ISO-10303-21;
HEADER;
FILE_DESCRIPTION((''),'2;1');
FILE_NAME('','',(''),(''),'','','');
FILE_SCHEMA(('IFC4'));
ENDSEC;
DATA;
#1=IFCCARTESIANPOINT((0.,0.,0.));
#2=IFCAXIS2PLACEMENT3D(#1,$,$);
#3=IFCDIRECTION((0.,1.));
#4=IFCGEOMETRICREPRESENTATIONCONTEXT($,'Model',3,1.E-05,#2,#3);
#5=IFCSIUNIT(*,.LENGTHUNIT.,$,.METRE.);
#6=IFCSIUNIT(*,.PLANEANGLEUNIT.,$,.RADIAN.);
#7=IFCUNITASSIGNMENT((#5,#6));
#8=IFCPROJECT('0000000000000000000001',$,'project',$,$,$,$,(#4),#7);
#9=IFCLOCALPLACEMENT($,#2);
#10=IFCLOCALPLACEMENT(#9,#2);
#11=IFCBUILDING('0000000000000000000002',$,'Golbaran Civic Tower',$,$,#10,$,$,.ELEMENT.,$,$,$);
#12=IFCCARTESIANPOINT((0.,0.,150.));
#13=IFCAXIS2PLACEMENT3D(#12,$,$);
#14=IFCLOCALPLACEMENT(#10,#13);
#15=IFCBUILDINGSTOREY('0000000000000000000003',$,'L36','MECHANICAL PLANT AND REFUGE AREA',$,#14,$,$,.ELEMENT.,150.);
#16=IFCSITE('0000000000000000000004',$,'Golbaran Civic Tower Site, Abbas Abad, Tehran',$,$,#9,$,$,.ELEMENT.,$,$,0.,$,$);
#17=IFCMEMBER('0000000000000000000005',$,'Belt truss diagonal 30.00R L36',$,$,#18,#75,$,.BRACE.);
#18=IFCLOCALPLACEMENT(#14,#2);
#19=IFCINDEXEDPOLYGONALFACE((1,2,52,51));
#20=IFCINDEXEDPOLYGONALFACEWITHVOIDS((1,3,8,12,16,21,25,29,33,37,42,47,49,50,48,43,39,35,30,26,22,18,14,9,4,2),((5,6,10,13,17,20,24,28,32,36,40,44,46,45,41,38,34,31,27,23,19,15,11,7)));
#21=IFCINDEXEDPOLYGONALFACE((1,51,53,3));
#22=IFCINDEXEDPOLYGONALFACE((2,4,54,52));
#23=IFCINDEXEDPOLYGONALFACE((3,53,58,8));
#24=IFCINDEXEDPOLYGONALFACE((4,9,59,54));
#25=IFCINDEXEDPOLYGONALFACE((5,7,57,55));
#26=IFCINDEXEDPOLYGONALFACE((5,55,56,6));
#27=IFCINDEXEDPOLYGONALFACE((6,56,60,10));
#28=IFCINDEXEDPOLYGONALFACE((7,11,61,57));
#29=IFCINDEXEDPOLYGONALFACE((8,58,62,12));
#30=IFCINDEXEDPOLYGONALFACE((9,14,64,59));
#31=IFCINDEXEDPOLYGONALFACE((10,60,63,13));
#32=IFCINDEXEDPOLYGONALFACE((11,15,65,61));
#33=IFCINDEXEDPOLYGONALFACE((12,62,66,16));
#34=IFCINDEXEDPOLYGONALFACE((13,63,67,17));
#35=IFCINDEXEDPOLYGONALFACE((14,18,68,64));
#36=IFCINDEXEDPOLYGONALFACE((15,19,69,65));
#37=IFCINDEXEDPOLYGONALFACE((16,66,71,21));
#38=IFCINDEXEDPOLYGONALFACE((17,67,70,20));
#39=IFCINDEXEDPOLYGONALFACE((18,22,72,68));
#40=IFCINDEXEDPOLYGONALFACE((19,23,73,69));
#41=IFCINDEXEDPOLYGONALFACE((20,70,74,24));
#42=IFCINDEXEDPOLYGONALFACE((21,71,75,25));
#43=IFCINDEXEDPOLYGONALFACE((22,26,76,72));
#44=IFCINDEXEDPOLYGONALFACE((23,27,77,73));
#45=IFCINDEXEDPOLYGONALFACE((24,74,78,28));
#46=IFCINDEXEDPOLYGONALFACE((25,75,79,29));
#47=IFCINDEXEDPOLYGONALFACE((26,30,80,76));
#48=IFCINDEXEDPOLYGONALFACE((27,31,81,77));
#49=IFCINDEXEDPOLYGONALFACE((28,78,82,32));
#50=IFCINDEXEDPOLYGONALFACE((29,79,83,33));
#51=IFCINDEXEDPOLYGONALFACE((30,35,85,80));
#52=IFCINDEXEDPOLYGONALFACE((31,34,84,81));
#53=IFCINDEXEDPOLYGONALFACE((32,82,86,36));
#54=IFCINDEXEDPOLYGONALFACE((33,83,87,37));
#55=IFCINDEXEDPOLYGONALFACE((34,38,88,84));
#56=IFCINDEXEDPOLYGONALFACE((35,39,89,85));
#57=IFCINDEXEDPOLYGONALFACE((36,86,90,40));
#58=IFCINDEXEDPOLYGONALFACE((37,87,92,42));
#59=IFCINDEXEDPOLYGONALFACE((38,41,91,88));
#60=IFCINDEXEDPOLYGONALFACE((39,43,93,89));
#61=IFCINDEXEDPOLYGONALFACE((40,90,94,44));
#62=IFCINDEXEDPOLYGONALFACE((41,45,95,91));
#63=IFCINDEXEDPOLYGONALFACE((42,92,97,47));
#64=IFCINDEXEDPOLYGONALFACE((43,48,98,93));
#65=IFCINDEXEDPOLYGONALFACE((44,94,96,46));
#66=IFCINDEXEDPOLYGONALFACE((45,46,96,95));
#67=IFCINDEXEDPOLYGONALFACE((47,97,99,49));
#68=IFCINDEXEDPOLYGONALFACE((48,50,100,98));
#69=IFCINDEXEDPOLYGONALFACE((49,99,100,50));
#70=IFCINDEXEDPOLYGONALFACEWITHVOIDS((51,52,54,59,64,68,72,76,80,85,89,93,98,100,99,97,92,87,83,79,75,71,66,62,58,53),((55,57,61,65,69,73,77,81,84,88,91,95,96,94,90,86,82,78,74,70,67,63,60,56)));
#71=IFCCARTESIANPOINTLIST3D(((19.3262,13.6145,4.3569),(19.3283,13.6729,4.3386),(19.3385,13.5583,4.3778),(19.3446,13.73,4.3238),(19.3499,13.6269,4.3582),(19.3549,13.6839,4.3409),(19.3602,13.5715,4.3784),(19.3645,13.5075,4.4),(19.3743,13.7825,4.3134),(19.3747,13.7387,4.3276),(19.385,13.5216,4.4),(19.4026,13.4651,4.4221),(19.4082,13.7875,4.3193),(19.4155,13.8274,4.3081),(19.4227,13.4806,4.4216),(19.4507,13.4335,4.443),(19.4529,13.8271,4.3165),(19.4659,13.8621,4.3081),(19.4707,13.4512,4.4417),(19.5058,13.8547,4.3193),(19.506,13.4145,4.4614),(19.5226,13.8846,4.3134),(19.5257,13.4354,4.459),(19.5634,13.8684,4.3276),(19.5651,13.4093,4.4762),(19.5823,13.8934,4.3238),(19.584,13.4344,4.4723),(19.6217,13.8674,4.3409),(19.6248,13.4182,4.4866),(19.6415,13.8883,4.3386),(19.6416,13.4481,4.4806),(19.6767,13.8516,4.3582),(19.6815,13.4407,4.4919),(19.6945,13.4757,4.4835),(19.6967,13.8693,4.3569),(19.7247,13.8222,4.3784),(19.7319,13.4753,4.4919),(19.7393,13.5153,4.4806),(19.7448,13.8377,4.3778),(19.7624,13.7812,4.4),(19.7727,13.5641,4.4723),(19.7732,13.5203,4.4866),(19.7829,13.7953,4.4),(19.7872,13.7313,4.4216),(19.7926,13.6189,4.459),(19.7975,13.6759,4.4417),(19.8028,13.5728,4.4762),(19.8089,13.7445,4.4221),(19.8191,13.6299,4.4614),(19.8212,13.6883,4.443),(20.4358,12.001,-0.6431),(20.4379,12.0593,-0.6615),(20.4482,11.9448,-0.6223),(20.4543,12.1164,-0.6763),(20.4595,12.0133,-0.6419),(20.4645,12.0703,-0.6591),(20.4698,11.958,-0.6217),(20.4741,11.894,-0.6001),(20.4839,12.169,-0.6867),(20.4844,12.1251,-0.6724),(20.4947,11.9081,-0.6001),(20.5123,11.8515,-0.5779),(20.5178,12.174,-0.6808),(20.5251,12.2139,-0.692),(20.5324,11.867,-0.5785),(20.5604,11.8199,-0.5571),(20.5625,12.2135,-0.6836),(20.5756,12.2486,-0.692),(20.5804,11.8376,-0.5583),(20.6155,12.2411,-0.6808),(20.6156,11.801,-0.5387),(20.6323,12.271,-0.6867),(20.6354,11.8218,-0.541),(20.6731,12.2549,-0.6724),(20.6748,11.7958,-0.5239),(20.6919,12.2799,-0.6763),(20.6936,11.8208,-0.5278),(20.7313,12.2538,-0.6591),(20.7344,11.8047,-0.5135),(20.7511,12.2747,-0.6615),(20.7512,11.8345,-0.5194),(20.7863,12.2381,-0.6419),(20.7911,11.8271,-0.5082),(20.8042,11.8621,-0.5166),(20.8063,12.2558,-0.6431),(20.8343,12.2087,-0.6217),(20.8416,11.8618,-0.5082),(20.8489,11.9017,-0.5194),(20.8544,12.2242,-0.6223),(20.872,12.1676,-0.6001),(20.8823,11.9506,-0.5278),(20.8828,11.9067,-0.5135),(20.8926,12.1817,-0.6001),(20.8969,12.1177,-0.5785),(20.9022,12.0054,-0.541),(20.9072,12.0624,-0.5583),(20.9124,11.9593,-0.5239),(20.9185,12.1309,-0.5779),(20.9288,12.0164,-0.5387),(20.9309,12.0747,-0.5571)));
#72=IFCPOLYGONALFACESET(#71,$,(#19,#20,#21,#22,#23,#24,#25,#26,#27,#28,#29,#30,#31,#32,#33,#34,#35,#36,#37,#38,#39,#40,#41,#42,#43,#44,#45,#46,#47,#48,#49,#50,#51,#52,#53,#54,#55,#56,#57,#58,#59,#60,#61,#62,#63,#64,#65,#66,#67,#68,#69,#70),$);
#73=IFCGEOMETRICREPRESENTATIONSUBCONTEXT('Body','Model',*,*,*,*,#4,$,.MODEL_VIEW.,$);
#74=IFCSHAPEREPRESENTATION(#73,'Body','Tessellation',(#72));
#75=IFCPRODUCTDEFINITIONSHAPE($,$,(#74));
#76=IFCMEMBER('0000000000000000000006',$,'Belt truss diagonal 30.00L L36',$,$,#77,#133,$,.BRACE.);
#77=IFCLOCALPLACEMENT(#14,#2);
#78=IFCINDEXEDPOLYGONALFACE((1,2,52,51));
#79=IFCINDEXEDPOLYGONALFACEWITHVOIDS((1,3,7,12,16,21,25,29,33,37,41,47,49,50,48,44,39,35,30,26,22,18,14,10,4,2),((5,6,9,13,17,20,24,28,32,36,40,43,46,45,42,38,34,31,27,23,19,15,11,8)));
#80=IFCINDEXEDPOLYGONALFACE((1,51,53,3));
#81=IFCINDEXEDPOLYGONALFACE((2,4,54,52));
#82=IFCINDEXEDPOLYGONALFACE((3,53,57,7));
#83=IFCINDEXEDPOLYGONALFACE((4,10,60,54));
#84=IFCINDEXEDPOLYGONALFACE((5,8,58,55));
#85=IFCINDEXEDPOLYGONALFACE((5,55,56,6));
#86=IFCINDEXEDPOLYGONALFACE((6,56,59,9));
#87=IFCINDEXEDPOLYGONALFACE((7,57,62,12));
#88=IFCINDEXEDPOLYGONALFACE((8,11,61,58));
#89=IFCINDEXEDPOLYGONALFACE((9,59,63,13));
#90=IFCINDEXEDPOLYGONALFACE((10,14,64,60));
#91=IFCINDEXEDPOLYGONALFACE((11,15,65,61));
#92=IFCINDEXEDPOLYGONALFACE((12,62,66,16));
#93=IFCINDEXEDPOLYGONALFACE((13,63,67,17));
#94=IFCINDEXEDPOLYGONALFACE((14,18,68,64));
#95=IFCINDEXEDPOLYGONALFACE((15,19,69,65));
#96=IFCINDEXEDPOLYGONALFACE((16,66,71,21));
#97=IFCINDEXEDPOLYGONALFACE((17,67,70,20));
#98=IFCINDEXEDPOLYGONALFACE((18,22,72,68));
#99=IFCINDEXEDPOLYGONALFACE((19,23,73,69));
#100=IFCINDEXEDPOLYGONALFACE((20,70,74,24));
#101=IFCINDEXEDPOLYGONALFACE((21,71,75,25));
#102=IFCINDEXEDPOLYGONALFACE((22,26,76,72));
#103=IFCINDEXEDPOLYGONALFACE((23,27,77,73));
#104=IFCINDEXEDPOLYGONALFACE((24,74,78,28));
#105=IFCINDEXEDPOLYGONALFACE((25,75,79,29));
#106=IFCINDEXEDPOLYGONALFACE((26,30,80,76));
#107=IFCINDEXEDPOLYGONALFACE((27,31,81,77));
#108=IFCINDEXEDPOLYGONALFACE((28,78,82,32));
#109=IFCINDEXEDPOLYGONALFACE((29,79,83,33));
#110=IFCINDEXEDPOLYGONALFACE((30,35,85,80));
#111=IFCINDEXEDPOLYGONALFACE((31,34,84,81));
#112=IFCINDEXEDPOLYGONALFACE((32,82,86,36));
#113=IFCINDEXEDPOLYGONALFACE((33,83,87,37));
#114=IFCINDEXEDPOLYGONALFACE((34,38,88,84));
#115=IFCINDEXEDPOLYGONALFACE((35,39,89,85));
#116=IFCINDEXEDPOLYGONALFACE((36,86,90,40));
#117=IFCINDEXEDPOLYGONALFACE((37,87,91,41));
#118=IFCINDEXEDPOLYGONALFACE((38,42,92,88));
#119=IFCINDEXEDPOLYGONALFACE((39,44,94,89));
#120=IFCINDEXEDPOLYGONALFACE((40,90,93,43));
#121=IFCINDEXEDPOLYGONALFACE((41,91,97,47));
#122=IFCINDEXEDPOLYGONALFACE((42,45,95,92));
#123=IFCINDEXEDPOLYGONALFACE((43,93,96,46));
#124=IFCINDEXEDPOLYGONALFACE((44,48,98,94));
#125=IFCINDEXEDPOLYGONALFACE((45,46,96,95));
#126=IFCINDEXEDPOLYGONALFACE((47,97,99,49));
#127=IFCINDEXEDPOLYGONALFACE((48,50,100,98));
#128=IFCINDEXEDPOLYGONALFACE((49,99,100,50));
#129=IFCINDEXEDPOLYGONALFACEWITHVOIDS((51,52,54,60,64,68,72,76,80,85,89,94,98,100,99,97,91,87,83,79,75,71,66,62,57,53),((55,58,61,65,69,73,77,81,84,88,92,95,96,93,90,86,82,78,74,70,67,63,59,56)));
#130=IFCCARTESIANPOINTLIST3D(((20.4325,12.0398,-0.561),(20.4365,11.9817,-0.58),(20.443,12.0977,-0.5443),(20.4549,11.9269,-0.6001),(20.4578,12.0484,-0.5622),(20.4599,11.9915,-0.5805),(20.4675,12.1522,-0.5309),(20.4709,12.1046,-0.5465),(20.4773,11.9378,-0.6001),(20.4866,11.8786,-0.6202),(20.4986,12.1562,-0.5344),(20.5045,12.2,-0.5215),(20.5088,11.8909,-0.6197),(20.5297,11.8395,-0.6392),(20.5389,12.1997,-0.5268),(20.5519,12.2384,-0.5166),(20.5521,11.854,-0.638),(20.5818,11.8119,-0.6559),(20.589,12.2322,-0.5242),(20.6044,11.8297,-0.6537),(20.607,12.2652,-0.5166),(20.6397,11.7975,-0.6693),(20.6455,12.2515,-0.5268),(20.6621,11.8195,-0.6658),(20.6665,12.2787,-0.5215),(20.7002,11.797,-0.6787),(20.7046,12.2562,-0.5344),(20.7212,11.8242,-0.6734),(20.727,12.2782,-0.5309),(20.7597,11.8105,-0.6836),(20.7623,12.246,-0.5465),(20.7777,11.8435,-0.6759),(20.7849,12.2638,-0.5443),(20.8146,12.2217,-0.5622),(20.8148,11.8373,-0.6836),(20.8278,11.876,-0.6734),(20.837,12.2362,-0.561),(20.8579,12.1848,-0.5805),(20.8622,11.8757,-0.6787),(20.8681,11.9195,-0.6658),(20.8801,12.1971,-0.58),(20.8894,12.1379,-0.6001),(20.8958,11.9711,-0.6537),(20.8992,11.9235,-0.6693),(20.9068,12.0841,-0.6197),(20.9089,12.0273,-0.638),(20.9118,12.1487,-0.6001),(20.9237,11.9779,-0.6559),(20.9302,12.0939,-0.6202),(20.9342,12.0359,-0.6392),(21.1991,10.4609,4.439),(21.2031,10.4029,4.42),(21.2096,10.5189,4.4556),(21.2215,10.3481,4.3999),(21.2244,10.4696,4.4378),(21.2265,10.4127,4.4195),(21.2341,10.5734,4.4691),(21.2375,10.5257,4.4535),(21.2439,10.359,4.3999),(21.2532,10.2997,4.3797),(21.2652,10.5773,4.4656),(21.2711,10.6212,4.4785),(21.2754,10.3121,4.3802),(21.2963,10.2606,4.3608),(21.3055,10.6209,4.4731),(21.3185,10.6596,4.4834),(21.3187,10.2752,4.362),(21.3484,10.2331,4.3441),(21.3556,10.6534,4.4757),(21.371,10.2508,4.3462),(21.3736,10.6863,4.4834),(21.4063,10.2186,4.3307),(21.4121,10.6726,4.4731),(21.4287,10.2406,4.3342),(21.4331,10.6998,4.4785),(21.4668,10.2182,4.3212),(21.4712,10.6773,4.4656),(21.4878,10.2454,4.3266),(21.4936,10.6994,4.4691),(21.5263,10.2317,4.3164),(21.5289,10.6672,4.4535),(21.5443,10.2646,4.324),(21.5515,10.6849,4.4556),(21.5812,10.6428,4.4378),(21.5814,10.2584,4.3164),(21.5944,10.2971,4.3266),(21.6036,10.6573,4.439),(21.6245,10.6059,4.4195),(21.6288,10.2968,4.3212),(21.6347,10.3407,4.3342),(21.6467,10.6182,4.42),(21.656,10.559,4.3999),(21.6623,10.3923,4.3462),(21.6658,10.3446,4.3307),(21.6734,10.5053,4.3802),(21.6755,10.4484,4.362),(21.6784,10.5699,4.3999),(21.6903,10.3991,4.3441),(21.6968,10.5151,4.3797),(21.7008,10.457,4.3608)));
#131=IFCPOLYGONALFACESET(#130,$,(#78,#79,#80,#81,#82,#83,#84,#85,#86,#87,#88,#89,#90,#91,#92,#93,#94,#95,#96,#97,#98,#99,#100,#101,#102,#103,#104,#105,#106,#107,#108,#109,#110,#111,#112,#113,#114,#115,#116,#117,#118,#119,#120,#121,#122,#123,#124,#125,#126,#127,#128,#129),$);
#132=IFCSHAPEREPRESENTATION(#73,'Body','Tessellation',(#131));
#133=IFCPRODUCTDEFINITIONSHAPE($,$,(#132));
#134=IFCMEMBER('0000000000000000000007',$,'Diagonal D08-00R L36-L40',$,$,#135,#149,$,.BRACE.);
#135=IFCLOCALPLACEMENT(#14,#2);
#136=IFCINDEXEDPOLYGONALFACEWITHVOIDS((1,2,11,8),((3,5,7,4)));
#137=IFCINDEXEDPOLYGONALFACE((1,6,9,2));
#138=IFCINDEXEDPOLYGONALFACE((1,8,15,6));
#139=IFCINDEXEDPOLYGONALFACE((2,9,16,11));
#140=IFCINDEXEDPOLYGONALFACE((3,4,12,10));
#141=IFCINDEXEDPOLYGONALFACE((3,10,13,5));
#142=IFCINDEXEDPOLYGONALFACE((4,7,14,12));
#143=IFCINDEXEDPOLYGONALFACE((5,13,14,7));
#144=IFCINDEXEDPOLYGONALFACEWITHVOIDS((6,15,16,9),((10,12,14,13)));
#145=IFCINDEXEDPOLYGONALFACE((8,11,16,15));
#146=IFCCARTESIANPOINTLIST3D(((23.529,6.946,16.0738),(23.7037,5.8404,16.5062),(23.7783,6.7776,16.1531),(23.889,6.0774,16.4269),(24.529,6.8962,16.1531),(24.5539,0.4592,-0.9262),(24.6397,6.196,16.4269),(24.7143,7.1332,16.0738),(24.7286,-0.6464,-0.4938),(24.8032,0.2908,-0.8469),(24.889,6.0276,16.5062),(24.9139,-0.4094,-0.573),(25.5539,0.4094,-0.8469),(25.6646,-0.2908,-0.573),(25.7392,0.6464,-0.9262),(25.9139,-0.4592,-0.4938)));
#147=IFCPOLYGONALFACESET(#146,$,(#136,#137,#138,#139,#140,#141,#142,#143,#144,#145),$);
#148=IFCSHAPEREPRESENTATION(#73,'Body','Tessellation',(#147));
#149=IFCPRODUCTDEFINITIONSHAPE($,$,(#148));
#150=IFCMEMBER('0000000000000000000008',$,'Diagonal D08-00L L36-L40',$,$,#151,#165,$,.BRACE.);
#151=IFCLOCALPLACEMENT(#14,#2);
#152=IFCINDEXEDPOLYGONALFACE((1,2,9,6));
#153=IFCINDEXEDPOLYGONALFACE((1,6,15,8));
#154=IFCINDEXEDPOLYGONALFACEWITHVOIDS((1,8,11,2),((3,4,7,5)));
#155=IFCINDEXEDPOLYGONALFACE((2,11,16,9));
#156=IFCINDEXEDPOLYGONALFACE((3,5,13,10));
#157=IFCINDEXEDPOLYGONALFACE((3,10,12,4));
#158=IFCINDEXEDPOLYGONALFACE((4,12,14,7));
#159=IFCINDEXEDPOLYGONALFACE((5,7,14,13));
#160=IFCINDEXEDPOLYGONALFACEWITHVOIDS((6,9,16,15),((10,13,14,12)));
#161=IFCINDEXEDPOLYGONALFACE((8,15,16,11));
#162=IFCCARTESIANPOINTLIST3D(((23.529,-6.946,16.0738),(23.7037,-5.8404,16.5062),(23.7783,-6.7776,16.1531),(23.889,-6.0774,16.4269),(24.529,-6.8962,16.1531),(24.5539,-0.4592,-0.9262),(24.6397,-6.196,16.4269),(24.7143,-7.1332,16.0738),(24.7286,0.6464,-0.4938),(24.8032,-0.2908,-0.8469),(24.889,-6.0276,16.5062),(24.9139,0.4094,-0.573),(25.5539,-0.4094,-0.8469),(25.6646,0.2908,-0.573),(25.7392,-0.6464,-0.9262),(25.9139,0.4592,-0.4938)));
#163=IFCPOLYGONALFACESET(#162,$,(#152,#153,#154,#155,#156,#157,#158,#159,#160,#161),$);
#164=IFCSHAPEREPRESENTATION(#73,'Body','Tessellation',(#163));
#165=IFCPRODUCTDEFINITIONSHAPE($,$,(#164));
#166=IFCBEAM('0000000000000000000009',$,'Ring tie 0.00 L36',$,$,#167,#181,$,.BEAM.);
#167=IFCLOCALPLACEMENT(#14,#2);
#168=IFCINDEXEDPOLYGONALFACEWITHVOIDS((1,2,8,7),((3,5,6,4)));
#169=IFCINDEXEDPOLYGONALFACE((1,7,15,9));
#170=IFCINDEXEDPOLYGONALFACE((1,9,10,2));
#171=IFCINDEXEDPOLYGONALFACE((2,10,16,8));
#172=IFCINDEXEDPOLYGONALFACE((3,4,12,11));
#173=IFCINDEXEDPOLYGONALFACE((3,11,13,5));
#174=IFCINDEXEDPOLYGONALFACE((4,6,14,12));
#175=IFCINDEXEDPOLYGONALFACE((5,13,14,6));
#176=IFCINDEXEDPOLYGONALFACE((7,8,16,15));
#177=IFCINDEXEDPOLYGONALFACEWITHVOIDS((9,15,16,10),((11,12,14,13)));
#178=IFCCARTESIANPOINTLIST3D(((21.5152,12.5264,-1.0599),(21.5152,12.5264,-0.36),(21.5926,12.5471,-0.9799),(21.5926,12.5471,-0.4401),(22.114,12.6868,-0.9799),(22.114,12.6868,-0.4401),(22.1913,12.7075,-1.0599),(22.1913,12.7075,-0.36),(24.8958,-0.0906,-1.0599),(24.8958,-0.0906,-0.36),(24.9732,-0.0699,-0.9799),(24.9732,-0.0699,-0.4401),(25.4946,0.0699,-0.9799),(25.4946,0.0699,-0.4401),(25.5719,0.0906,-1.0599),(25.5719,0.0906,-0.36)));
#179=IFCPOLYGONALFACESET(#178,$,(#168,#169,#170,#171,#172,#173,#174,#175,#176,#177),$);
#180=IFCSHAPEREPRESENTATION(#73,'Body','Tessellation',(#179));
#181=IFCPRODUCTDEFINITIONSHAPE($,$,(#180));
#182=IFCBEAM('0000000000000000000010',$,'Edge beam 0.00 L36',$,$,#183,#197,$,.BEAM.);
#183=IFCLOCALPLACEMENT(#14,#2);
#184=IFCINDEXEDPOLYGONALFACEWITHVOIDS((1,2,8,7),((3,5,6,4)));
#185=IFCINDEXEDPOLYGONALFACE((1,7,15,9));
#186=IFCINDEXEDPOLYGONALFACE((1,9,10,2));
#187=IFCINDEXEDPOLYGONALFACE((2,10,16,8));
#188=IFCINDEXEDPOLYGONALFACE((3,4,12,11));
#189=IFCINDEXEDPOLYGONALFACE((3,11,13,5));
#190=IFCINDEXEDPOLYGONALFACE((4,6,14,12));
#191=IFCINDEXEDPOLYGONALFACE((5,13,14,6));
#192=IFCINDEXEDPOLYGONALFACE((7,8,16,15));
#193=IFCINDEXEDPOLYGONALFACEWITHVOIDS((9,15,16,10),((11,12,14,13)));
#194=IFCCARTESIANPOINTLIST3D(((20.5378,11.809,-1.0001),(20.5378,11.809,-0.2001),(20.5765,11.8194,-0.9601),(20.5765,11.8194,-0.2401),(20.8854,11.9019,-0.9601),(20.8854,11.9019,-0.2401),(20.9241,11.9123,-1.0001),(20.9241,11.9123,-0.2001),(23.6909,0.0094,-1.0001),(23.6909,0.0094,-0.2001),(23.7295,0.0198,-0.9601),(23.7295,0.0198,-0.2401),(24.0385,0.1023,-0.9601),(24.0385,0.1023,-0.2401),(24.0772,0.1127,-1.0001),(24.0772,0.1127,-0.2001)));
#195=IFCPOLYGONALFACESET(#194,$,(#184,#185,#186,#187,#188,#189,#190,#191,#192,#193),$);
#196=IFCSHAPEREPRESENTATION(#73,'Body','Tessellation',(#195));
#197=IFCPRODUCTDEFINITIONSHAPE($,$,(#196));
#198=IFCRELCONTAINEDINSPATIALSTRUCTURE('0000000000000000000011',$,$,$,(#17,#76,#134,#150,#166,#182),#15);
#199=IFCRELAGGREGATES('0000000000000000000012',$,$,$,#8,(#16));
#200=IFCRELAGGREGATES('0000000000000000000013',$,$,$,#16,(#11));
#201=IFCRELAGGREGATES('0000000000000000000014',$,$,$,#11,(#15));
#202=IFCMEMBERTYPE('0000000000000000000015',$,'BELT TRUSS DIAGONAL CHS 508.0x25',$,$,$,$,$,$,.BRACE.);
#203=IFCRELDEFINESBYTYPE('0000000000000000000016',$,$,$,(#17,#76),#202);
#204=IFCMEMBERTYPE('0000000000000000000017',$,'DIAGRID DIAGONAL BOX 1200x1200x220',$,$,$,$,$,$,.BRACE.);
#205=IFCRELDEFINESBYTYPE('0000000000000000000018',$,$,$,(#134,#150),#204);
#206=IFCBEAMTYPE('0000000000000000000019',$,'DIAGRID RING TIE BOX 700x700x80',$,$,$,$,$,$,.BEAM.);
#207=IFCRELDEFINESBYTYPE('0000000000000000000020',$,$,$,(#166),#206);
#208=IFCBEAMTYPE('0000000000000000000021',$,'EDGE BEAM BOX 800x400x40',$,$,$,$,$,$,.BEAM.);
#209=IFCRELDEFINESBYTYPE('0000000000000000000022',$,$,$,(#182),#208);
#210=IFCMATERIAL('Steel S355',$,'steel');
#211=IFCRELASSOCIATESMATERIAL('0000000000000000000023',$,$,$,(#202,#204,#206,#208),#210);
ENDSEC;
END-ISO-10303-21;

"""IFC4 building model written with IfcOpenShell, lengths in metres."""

from ifc_helpers import new_model, si_unit, direction, frame, origin, origin_2d, place, context, subcontext, project, spatial, hollow_rectangle, hollow_circle, extrude, material, material_profile, profile_set, type_object, element, save


model = new_model("IFC4")

# Units and contexts
model_context = context("Model", 3, precision=1e-05, world=origin(), true_north=direction((0.0, 1.0)))
body_context = subcontext(model_context, "Body", "Model", "MODEL_VIEW")
ifc_project = project(units=[si_unit("LENGTHUNIT", "METRE"), si_unit("PLANEANGLEUNIT", "RADIAN")], contexts=[model_context])

# Site, building, storey
site_placement = place(None, origin())
site = spatial("IfcSite", under=ifc_project, at=site_placement, Name="Golbaran Civic Tower Site, Abbas Abad, Tehran", CompositionType="ELEMENT", RefElevation=0.0)
building_placement = place(site_placement, origin())
building = spatial("IfcBuilding", under=site, at=building_placement, Name="Golbaran Civic Tower", CompositionType="ELEMENT")
storey_placement = place(building_placement, frame((0.0, 0.0, 150.0)))
storey = spatial("IfcBuildingStorey", under=building, at=storey_placement, Name="L36", Description="MECHANICAL PLANT AND REFUGE AREA", CompositionType="ELEMENT", Elevation=150.0)

# Members
ifc_material_1 = material(Name="Steel S355", Category="steel")
ifc_material_profile_1 = material_profile(ifc_material_1, hollow_circle(Radius=0.2539, WallThickness=0.0249, at=origin_2d()), Name="CHS 508.0x25")
ifc_profile_set_1 = profile_set([ifc_material_profile_1], Name="Steel S355")
member_type_1 = type_object("IfcMemberType", Name="BELT TRUSS DIAGONAL CHS 508.0x25", PredefinedType="BRACE", material=ifc_profile_set_1)
member_1_placement = place(storey_placement, frame((20.6833, 12.0378, -0.6001), z_axis=(-0.206641, 0.300482, 0.931134), x_axis=(-0.823966, -0.56664, 0.0)))
element("IfcMember", 1, at=member_1_placement, inside=storey, type_object=member_type_1, Name="Belt truss diagonal 30.00R L36", PredefinedType="BRACE", context=body_context, shape_type="SweptSolid", body=[
    extrude(hollow_circle(Radius=0.2539, WallThickness=0.0249, at=origin_2d()), origin(), (0.0, 0.0, 1.0), 5.3699),
])
member_2_placement = place(storey_placement, frame((20.6833, 12.0378, -0.6001), z_axis=(0.144666, -0.297948, 0.943556), x_axis=(0.899569, 0.436779, 0.0)))
element("IfcMember", 2, at=member_2_placement, inside=storey, type_object=member_type_1, Name="Belt truss diagonal 30.00L L36", PredefinedType="BRACE", context=body_context, shape_type="SweptSolid", body=[
    extrude(hollow_circle(Radius=0.2539, WallThickness=0.0249, at=origin_2d()), origin(), (0.0, 0.0, 1.0), 5.2991),
])
ifc_material_profile_2 = material_profile(ifc_material_1, hollow_rectangle(XDim=1.2, YDim=1.2, WallThickness=0.22, at=origin_2d()), Name="BOX 1200x1200x220")
ifc_profile_set_2 = profile_set([ifc_material_profile_2], Name="Steel S355")
member_type_2 = type_object("IfcMemberType", Name="DIAGRID DIAGONAL BOX 1200x1200x220", PredefinedType="BRACE", material=ifc_profile_set_2)
for number, where, z_axis, x_axis, name in (
    (3, (25.2339, 0.0, -0.71), (-0.056238, 0.355941, 0.932815), (-0.987747, -0.156062, 0.0), "Diagonal D08-00R L36-L40"),
    (4, (25.2339, 0.0, -0.71), (-0.056238, -0.355941, 0.932815), (0.987747, -0.156062, 0.0), "Diagonal D08-00L L36-L40"),
):
    element("IfcMember", number, at=place(storey_placement, frame(where, z_axis=z_axis, x_axis=x_axis)), inside=storey, type_object=member_type_2, Name=name, PredefinedType="BRACE", context=body_context, shape_type="SweptSolid", body=[
        extrude(hollow_rectangle(XDim=1.2, YDim=1.2, WallThickness=0.22, at=origin_2d()), origin(), (0.0, 0.0, 1.0), 18.2244),
    ])

# Beams
ifc_material_profile_3 = material_profile(ifc_material_1, hollow_rectangle(XDim=0.7, YDim=0.7, WallThickness=0.0801, at=origin_2d()), Name="BOX 700x700x80")
ifc_profile_set_3 = profile_set([ifc_material_profile_3], Name="Steel S355")
beam_type_1 = type_object("IfcBeamType", Name="DIAGRID RING TIE BOX 700x700x80", PredefinedType="BEAM", material=ifc_profile_set_3)
beam_1_placement = place(storey_placement, frame((25.2339, 0.0, -0.71), z_axis=(-0.258813, 0.965927, 0.0), x_axis=(-0.965927, -0.258813, 0.0)))
element("IfcBeam", 5, at=beam_1_placement, inside=storey, type_object=beam_type_1, Name="Ring tie 0.00 L36", PredefinedType="BEAM", context=body_context, shape_type="SweptSolid", body=[
    extrude(hollow_rectangle(XDim=0.7, YDim=0.7, WallThickness=0.0801, at=origin_2d()), origin(), (0.0, 0.0, 1.0), 13.062),
])
ifc_material_profile_4 = material_profile(ifc_material_1, hollow_rectangle(XDim=0.3999, YDim=0.8, WallThickness=0.04, at=origin_2d()), Name="BOX 800x400x40")
ifc_profile_set_4 = profile_set([ifc_material_profile_4], Name="Steel S355")
beam_type_2 = type_object("IfcBeamType", Name="EDGE BEAM BOX 800x400x40", PredefinedType="BEAM", material=ifc_profile_set_4)
beam_2_placement = place(storey_placement, frame((23.884, 0.061, -0.6001), z_axis=(-0.258162, 0.966102, 0.0), x_axis=(-0.966102, -0.258162, 0.0)))
element("IfcBeam", 6, at=beam_2_placement, inside=storey, type_object=beam_type_2, Name="Edge beam 0.00 L36", PredefinedType="BEAM", context=body_context, shape_type="SweptSolid", body=[
    extrude(hollow_rectangle(XDim=0.3999, YDim=0.8, WallThickness=0.04, at=origin_2d()), origin(), (0.0, 0.0, 1.0), 12.2136),
])

save(model, "model.ifc")
